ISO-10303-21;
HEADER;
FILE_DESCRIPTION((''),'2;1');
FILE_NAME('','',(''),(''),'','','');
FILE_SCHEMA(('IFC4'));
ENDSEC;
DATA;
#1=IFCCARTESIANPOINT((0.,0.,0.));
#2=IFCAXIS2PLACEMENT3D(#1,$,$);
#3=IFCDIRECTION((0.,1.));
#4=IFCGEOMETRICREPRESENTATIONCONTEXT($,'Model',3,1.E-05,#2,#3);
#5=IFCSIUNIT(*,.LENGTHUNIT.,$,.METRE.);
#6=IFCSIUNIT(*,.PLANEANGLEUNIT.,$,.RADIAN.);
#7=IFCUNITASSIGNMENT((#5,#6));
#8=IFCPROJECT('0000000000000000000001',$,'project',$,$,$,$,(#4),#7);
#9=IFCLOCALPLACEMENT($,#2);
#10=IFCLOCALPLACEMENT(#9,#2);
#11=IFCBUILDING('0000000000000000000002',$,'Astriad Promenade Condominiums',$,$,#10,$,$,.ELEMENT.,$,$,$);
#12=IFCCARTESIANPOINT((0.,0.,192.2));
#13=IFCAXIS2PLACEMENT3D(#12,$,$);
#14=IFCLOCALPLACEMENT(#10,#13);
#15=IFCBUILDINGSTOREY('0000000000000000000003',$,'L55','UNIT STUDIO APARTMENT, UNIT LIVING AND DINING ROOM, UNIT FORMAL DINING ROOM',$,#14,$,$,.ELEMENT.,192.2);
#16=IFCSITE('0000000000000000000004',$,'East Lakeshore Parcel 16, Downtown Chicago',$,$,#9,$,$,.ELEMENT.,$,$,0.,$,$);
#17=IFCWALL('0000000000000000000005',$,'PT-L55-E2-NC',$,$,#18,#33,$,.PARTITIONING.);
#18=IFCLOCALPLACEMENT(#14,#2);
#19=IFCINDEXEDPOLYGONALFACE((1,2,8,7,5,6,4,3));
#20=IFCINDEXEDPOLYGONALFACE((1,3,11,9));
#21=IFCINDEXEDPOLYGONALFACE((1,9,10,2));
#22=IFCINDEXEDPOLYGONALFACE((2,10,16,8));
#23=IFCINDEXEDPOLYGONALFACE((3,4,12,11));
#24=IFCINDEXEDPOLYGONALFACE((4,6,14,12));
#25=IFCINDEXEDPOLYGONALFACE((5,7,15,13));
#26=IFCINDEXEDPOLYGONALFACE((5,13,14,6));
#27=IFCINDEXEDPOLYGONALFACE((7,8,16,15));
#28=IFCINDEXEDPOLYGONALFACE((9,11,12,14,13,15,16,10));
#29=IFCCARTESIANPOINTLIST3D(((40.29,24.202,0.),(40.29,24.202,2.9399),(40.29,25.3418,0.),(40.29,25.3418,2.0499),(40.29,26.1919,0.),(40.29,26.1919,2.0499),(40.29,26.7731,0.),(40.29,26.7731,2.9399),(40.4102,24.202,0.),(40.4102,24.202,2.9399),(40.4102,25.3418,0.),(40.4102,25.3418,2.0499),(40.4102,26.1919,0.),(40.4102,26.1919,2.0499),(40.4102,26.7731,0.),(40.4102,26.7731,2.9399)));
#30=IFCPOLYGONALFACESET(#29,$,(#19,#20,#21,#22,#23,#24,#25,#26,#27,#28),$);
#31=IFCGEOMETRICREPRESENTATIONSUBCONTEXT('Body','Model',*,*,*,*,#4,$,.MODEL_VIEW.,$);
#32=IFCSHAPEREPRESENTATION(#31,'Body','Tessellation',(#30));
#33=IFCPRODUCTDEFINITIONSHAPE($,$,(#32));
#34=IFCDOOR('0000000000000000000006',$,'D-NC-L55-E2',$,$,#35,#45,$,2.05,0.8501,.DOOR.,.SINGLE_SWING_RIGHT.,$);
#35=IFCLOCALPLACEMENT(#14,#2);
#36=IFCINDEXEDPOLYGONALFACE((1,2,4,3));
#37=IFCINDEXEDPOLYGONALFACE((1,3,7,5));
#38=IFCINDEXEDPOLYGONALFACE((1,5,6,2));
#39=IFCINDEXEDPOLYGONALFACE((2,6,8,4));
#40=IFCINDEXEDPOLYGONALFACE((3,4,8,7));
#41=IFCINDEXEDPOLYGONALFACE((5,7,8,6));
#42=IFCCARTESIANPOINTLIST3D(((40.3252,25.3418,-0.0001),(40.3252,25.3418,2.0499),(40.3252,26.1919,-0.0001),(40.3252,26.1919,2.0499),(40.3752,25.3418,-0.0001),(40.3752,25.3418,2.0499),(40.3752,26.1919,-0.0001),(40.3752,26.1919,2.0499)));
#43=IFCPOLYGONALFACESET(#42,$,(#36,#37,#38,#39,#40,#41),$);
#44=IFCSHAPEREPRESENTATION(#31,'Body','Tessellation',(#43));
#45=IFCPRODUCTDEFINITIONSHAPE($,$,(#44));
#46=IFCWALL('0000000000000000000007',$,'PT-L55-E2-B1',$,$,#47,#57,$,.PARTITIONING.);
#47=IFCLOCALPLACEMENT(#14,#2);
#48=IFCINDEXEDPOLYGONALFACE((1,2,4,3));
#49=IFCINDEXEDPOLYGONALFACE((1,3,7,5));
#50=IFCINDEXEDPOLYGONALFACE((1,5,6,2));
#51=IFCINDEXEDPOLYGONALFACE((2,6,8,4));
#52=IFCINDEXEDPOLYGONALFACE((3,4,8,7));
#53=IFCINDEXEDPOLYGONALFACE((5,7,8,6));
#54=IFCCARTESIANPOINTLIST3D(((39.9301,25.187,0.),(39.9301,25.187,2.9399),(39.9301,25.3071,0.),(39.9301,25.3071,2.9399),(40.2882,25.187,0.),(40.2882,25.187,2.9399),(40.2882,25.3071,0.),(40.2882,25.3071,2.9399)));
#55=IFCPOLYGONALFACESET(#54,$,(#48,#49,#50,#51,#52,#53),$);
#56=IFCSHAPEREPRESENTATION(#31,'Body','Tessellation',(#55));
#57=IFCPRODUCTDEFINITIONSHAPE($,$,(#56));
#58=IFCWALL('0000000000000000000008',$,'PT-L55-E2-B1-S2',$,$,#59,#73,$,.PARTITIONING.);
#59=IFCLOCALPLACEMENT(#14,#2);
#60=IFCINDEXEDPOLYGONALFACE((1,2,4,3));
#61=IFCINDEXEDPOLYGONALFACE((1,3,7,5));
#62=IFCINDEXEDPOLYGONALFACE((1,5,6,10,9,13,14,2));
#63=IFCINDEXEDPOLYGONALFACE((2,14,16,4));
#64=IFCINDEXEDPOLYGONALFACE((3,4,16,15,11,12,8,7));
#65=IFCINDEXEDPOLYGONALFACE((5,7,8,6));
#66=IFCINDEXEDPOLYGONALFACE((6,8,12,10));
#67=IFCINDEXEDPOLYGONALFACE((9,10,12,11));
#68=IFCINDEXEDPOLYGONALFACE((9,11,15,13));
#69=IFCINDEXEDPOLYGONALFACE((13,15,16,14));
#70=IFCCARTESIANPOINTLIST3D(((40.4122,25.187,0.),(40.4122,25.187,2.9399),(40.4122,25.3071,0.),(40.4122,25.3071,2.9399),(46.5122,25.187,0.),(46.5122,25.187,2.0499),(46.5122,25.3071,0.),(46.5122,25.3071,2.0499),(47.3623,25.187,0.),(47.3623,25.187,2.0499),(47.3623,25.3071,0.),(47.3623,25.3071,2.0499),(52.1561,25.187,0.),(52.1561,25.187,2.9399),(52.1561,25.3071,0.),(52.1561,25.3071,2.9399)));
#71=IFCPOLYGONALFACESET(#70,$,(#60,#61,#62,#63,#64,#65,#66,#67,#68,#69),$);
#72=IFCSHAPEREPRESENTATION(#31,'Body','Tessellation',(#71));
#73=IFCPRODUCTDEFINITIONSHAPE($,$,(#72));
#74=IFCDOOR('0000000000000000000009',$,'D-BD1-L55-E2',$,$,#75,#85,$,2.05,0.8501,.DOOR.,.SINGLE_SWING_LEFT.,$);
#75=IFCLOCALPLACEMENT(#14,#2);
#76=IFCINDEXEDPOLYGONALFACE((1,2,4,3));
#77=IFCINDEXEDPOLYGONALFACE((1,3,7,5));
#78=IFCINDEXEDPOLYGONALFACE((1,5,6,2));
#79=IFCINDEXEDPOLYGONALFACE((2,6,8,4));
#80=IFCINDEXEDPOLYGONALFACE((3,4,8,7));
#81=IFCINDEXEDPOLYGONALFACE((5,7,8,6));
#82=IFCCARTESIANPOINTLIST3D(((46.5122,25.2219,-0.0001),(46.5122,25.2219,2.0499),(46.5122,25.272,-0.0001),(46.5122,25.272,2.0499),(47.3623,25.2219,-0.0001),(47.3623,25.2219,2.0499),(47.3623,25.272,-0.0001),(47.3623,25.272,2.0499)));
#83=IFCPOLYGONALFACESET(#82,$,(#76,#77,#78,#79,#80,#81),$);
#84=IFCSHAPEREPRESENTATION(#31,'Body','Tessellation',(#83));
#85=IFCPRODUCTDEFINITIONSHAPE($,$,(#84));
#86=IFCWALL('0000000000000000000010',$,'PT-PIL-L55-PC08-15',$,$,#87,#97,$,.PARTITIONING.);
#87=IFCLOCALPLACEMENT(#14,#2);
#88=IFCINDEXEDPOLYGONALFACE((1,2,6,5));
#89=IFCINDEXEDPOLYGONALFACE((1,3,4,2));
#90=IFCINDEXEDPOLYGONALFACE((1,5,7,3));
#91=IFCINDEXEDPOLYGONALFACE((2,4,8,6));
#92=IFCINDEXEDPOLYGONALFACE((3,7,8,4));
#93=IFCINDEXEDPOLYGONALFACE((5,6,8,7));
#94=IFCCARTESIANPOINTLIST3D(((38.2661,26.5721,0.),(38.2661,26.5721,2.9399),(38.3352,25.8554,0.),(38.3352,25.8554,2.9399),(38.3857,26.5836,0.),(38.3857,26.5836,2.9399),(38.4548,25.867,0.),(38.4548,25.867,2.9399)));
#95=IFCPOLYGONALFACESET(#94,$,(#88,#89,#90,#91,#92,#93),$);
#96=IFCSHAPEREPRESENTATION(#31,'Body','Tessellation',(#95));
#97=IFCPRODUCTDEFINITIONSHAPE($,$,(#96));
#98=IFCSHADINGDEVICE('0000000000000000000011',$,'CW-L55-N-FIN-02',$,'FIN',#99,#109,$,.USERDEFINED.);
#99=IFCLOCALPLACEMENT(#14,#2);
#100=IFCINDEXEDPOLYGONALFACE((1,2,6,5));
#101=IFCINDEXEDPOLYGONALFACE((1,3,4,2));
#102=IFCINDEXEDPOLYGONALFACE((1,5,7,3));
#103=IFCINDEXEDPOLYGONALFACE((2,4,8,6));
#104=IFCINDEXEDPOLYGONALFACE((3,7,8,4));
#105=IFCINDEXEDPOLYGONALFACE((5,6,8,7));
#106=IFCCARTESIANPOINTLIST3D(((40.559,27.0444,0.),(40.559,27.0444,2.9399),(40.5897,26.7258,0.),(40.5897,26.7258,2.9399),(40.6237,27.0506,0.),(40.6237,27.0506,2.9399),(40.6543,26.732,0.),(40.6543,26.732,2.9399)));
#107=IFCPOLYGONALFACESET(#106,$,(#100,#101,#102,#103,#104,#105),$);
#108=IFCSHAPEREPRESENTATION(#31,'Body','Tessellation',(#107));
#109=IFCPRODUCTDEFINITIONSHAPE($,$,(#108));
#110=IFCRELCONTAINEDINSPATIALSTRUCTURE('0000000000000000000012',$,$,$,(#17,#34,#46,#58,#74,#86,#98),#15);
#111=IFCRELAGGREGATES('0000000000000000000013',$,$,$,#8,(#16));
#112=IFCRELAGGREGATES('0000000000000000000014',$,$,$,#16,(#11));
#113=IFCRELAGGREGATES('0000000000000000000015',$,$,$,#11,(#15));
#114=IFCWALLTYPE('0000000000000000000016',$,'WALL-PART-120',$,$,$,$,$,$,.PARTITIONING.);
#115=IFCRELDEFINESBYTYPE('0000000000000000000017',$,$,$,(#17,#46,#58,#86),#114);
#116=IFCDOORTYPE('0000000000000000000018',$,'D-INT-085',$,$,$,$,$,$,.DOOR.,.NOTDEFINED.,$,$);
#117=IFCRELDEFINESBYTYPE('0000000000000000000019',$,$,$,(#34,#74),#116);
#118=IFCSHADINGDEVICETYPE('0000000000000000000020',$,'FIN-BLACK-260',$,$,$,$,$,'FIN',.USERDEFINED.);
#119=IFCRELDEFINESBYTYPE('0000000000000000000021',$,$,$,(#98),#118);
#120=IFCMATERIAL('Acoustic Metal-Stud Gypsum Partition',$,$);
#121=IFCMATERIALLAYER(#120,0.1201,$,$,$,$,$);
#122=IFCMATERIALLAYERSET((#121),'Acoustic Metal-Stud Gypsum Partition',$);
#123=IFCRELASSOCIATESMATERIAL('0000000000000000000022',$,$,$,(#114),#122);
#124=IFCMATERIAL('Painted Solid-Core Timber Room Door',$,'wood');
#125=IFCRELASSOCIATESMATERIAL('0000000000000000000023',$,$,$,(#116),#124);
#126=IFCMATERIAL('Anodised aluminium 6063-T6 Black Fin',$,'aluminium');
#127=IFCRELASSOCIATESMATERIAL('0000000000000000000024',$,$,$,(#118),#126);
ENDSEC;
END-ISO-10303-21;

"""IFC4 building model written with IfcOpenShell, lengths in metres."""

from ifc_helpers import new_model, si_unit, direction, frame, frame_2d, origin, origin_2d, place, context, subcontext, project, spatial, rectangle, extrude, source, transform, mapped, material, layer, layer_set, type_object, type_shapes, element, fill, save


model = new_model("IFC4")

# Units and contexts
model_context = context("Model", 3, precision=1e-05, world=origin(), true_north=direction((0.0, 1.0)))
body_context = subcontext(model_context, "Body", "Model", "MODEL_VIEW")
ifc_project = project(units=[si_unit("LENGTHUNIT", "METRE"), si_unit("PLANEANGLEUNIT", "RADIAN")], contexts=[model_context])

# Site, building, storey
site_placement = place(None, origin())
site = spatial("IfcSite", under=ifc_project, at=site_placement, Name="East Lakeshore Parcel 16, Downtown Chicago", CompositionType="ELEMENT", RefElevation=0.0)
building_placement = place(site_placement, origin())
building = spatial("IfcBuilding", under=site, at=building_placement, Name="Astriad Promenade Condominiums", CompositionType="ELEMENT")
storey_placement = place(building_placement, frame((0.0, 0.0, 192.2)))
storey = spatial("IfcBuildingStorey", under=building, at=storey_placement, Name="L55", Description="UNIT STUDIO APARTMENT, UNIT LIVING AND DINING ROOM, UNIT FORMAL DINING ROOM", CompositionType="ELEMENT", Elevation=192.2)

# Wall, opening, door
ifc_material_1 = material(Name="Acoustic Metal-Stud Gypsum Partition")
ifc_layer_1 = layer(ifc_material_1, 0.1201)
ifc_layer_set_1 = layer_set([ifc_layer_1], Name="Acoustic Metal-Stud Gypsum Partition")
wall_type_1 = type_object("IfcWallType", Name="WALL-PART-120", PredefinedType="PARTITIONING", material=ifc_layer_set_1)
wall_1_placement = place(storey_placement, frame((40.3501, 24.2019, 0.0), z_axis=(0.0, 0.0, 1.0), x_axis=(0.0, 1.0, 0.0)))
wall_1 = element("IfcWall", 1, at=wall_1_placement, inside=storey, type_object=wall_type_1, Name="PT-L55-E2-NC", PredefinedType="PARTITIONING", context=body_context, shape_type="SweptSolid", body=[
    extrude(rectangle(XDim=2.571, YDim=0.1201, at=frame_2d((1.2856, 0.0))), origin(), (0.0, 0.0, 1.0), 2.9399),
])
opening_1_placement = place(wall_1_placement, frame((1.1399, 0.0, 0.0)))
opening_1 = element("IfcOpeningElement", 2, at=opening_1_placement, cuts=wall_1, PredefinedType="OPENING", context=body_context, shape_type="SweptSolid", body=[
    extrude(rectangle(XDim=0.8501, YDim=2.05, at=frame_2d((0.425, 1.0249))), frame((0.0, 0.0701, 0.0), z_axis=(0.0, -1.0, 0.0), x_axis=(1.0, 0.0, 0.0)), (0.0, 0.0, 1.0), 0.1401),
])
ifc_material_2 = material(Name="Painted Solid-Core Timber Room Door", Category="wood")
door_type_1 = type_object("IfcDoorType", Name="D-INT-085", OperationType="NOTDEFINED", PredefinedType="DOOR", material=ifc_material_2)
shared_shape_1 = source(origin(), body_context, "Body", "SweptSolid", [
    extrude(rectangle(XDim=0.8501, YDim=2.05, at=frame_2d((0.425, 1.0249))), frame((0.0, 0.0249, 0.0), z_axis=(0.0, -1.0, 0.0), x_axis=(1.0, 0.0, 0.0)), (0.0, 0.0, 1.0), 0.05),
])
type_shapes(door_type_1, [shared_shape_1])
door_1_placement = place(opening_1_placement, origin())
door_1 = element("IfcDoor", 3, at=door_1_placement, inside=storey, type_object=door_type_1, Name="D-NC-L55-E2", OperationType="SINGLE_SWING_RIGHT", OverallHeight=2.05, OverallWidth=0.8501, PredefinedType="DOOR", context=body_context, shape_type="MappedRepresentation", body=[
    mapped(shared_shape_1, transform((0.0, 0.0, 0.0), scale=1.0)),
])
fill(opening_1, door_1)

# Wall
wall_2_placement = place(storey_placement, frame((39.9299, 25.2471, 0.0), z_axis=(0.0, 0.0, 1.0), x_axis=(1.0, 0.0, 0.0)))
element("IfcWall", 4, at=wall_2_placement, inside=storey, type_object=wall_type_1, Name="PT-L55-E2-B1", PredefinedType="PARTITIONING", context=body_context, shape_type="SweptSolid", body=[
    extrude(rectangle(XDim=0.3582, YDim=0.1201, at=frame_2d((0.1792, 0.0))), origin(), (0.0, 0.0, 1.0), 2.9399),
])

# Wall, opening, door
wall_3_placement = place(storey_placement, frame((40.4121, 25.2471, 0.0), z_axis=(0.0, 0.0, 1.0), x_axis=(1.0, 0.0, 0.0)))
wall_3 = element("IfcWall", 5, at=wall_3_placement, inside=storey, type_object=wall_type_1, Name="PT-L55-E2-B1-S2", PredefinedType="PARTITIONING", context=body_context, shape_type="SweptSolid", body=[
    extrude(rectangle(XDim=11.7439, YDim=0.1201, at=frame_2d((5.8721, 0.0))), origin(), (0.0, 0.0, 1.0), 2.9399),
])
opening_2_placement = place(wall_3_placement, frame((6.1001, 0.0, 0.0)))
opening_2 = element("IfcOpeningElement", 6, at=opening_2_placement, cuts=wall_3, PredefinedType="OPENING", context=body_context, shape_type="SweptSolid", body=[
    extrude(rectangle(XDim=0.8501, YDim=2.05, at=frame_2d((0.425, 1.0249))), frame((0.0, 0.0701, 0.0), z_axis=(0.0, -1.0, 0.0), x_axis=(1.0, 0.0, 0.0)), (0.0, 0.0, 1.0), 0.1401),
])
door_2_placement = place(opening_2_placement, origin())
door_2 = element("IfcDoor", 7, at=door_2_placement, inside=storey, type_object=door_type_1, Name="D-BD1-L55-E2", OperationType="SINGLE_SWING_LEFT", OverallHeight=2.05, OverallWidth=0.8501, PredefinedType="DOOR", context=body_context, shape_type="MappedRepresentation", body=[
    mapped(shared_shape_1, transform((0.0, 0.0, 0.0), scale=1.0)),
])
fill(opening_2, door_2)

# Wall
wall_4_placement = place(storey_placement, frame((38.395, 25.8613, 0.0), z_axis=(0.0, 0.0, 1.0), x_axis=(-0.095977, 0.995384, 0.0)))
element("IfcWall", 8, at=wall_4_placement, inside=storey, type_object=wall_type_1, Name="PT-PIL-L55-PC08-15", PredefinedType="PARTITIONING", context=body_context, shape_type="SweptSolid", body=[
    extrude(rectangle(XDim=0.72, YDim=0.1201, at=frame_2d((0.3599, 0.0))), origin(), (0.0, 0.0, 1.0), 2.9399),
])

# Shading device
ifc_material_3 = material(Name="Anodised aluminium 6063-T6 Black Fin", Category="aluminium")
shading_device_type = type_object("IfcShadingDeviceType", Name="FIN-BLACK-260", ElementType="FIN", PredefinedType="USERDEFINED", material=ifc_material_3)
shared_shape_2 = source(origin(), body_context, "Body", "SweptSolid", [
    extrude(rectangle(XDim=0.0649, YDim=0.3201, at=origin_2d()), origin(), (0.0, 0.0, 1.0), 2.9399),
])
type_shapes(shading_device_type, [shared_shape_2])
shading_device_placement = place(storey_placement, frame((40.6067, 26.8882, 0.0), z_axis=(0.0, 0.0, 1.0), x_axis=(0.995396, 0.095846, 0.0)))
element("IfcShadingDevice", 9, at=shading_device_placement, inside=storey, type_object=shading_device_type, Name="CW-L55-N-FIN-02", ObjectType="FIN", PredefinedType="USERDEFINED", context=body_context, shape_type="MappedRepresentation", body=[
    mapped(shared_shape_2, transform((0.0, 0.0, 0.0), scale=1.0)),
])

save(model, "model.ifc")
